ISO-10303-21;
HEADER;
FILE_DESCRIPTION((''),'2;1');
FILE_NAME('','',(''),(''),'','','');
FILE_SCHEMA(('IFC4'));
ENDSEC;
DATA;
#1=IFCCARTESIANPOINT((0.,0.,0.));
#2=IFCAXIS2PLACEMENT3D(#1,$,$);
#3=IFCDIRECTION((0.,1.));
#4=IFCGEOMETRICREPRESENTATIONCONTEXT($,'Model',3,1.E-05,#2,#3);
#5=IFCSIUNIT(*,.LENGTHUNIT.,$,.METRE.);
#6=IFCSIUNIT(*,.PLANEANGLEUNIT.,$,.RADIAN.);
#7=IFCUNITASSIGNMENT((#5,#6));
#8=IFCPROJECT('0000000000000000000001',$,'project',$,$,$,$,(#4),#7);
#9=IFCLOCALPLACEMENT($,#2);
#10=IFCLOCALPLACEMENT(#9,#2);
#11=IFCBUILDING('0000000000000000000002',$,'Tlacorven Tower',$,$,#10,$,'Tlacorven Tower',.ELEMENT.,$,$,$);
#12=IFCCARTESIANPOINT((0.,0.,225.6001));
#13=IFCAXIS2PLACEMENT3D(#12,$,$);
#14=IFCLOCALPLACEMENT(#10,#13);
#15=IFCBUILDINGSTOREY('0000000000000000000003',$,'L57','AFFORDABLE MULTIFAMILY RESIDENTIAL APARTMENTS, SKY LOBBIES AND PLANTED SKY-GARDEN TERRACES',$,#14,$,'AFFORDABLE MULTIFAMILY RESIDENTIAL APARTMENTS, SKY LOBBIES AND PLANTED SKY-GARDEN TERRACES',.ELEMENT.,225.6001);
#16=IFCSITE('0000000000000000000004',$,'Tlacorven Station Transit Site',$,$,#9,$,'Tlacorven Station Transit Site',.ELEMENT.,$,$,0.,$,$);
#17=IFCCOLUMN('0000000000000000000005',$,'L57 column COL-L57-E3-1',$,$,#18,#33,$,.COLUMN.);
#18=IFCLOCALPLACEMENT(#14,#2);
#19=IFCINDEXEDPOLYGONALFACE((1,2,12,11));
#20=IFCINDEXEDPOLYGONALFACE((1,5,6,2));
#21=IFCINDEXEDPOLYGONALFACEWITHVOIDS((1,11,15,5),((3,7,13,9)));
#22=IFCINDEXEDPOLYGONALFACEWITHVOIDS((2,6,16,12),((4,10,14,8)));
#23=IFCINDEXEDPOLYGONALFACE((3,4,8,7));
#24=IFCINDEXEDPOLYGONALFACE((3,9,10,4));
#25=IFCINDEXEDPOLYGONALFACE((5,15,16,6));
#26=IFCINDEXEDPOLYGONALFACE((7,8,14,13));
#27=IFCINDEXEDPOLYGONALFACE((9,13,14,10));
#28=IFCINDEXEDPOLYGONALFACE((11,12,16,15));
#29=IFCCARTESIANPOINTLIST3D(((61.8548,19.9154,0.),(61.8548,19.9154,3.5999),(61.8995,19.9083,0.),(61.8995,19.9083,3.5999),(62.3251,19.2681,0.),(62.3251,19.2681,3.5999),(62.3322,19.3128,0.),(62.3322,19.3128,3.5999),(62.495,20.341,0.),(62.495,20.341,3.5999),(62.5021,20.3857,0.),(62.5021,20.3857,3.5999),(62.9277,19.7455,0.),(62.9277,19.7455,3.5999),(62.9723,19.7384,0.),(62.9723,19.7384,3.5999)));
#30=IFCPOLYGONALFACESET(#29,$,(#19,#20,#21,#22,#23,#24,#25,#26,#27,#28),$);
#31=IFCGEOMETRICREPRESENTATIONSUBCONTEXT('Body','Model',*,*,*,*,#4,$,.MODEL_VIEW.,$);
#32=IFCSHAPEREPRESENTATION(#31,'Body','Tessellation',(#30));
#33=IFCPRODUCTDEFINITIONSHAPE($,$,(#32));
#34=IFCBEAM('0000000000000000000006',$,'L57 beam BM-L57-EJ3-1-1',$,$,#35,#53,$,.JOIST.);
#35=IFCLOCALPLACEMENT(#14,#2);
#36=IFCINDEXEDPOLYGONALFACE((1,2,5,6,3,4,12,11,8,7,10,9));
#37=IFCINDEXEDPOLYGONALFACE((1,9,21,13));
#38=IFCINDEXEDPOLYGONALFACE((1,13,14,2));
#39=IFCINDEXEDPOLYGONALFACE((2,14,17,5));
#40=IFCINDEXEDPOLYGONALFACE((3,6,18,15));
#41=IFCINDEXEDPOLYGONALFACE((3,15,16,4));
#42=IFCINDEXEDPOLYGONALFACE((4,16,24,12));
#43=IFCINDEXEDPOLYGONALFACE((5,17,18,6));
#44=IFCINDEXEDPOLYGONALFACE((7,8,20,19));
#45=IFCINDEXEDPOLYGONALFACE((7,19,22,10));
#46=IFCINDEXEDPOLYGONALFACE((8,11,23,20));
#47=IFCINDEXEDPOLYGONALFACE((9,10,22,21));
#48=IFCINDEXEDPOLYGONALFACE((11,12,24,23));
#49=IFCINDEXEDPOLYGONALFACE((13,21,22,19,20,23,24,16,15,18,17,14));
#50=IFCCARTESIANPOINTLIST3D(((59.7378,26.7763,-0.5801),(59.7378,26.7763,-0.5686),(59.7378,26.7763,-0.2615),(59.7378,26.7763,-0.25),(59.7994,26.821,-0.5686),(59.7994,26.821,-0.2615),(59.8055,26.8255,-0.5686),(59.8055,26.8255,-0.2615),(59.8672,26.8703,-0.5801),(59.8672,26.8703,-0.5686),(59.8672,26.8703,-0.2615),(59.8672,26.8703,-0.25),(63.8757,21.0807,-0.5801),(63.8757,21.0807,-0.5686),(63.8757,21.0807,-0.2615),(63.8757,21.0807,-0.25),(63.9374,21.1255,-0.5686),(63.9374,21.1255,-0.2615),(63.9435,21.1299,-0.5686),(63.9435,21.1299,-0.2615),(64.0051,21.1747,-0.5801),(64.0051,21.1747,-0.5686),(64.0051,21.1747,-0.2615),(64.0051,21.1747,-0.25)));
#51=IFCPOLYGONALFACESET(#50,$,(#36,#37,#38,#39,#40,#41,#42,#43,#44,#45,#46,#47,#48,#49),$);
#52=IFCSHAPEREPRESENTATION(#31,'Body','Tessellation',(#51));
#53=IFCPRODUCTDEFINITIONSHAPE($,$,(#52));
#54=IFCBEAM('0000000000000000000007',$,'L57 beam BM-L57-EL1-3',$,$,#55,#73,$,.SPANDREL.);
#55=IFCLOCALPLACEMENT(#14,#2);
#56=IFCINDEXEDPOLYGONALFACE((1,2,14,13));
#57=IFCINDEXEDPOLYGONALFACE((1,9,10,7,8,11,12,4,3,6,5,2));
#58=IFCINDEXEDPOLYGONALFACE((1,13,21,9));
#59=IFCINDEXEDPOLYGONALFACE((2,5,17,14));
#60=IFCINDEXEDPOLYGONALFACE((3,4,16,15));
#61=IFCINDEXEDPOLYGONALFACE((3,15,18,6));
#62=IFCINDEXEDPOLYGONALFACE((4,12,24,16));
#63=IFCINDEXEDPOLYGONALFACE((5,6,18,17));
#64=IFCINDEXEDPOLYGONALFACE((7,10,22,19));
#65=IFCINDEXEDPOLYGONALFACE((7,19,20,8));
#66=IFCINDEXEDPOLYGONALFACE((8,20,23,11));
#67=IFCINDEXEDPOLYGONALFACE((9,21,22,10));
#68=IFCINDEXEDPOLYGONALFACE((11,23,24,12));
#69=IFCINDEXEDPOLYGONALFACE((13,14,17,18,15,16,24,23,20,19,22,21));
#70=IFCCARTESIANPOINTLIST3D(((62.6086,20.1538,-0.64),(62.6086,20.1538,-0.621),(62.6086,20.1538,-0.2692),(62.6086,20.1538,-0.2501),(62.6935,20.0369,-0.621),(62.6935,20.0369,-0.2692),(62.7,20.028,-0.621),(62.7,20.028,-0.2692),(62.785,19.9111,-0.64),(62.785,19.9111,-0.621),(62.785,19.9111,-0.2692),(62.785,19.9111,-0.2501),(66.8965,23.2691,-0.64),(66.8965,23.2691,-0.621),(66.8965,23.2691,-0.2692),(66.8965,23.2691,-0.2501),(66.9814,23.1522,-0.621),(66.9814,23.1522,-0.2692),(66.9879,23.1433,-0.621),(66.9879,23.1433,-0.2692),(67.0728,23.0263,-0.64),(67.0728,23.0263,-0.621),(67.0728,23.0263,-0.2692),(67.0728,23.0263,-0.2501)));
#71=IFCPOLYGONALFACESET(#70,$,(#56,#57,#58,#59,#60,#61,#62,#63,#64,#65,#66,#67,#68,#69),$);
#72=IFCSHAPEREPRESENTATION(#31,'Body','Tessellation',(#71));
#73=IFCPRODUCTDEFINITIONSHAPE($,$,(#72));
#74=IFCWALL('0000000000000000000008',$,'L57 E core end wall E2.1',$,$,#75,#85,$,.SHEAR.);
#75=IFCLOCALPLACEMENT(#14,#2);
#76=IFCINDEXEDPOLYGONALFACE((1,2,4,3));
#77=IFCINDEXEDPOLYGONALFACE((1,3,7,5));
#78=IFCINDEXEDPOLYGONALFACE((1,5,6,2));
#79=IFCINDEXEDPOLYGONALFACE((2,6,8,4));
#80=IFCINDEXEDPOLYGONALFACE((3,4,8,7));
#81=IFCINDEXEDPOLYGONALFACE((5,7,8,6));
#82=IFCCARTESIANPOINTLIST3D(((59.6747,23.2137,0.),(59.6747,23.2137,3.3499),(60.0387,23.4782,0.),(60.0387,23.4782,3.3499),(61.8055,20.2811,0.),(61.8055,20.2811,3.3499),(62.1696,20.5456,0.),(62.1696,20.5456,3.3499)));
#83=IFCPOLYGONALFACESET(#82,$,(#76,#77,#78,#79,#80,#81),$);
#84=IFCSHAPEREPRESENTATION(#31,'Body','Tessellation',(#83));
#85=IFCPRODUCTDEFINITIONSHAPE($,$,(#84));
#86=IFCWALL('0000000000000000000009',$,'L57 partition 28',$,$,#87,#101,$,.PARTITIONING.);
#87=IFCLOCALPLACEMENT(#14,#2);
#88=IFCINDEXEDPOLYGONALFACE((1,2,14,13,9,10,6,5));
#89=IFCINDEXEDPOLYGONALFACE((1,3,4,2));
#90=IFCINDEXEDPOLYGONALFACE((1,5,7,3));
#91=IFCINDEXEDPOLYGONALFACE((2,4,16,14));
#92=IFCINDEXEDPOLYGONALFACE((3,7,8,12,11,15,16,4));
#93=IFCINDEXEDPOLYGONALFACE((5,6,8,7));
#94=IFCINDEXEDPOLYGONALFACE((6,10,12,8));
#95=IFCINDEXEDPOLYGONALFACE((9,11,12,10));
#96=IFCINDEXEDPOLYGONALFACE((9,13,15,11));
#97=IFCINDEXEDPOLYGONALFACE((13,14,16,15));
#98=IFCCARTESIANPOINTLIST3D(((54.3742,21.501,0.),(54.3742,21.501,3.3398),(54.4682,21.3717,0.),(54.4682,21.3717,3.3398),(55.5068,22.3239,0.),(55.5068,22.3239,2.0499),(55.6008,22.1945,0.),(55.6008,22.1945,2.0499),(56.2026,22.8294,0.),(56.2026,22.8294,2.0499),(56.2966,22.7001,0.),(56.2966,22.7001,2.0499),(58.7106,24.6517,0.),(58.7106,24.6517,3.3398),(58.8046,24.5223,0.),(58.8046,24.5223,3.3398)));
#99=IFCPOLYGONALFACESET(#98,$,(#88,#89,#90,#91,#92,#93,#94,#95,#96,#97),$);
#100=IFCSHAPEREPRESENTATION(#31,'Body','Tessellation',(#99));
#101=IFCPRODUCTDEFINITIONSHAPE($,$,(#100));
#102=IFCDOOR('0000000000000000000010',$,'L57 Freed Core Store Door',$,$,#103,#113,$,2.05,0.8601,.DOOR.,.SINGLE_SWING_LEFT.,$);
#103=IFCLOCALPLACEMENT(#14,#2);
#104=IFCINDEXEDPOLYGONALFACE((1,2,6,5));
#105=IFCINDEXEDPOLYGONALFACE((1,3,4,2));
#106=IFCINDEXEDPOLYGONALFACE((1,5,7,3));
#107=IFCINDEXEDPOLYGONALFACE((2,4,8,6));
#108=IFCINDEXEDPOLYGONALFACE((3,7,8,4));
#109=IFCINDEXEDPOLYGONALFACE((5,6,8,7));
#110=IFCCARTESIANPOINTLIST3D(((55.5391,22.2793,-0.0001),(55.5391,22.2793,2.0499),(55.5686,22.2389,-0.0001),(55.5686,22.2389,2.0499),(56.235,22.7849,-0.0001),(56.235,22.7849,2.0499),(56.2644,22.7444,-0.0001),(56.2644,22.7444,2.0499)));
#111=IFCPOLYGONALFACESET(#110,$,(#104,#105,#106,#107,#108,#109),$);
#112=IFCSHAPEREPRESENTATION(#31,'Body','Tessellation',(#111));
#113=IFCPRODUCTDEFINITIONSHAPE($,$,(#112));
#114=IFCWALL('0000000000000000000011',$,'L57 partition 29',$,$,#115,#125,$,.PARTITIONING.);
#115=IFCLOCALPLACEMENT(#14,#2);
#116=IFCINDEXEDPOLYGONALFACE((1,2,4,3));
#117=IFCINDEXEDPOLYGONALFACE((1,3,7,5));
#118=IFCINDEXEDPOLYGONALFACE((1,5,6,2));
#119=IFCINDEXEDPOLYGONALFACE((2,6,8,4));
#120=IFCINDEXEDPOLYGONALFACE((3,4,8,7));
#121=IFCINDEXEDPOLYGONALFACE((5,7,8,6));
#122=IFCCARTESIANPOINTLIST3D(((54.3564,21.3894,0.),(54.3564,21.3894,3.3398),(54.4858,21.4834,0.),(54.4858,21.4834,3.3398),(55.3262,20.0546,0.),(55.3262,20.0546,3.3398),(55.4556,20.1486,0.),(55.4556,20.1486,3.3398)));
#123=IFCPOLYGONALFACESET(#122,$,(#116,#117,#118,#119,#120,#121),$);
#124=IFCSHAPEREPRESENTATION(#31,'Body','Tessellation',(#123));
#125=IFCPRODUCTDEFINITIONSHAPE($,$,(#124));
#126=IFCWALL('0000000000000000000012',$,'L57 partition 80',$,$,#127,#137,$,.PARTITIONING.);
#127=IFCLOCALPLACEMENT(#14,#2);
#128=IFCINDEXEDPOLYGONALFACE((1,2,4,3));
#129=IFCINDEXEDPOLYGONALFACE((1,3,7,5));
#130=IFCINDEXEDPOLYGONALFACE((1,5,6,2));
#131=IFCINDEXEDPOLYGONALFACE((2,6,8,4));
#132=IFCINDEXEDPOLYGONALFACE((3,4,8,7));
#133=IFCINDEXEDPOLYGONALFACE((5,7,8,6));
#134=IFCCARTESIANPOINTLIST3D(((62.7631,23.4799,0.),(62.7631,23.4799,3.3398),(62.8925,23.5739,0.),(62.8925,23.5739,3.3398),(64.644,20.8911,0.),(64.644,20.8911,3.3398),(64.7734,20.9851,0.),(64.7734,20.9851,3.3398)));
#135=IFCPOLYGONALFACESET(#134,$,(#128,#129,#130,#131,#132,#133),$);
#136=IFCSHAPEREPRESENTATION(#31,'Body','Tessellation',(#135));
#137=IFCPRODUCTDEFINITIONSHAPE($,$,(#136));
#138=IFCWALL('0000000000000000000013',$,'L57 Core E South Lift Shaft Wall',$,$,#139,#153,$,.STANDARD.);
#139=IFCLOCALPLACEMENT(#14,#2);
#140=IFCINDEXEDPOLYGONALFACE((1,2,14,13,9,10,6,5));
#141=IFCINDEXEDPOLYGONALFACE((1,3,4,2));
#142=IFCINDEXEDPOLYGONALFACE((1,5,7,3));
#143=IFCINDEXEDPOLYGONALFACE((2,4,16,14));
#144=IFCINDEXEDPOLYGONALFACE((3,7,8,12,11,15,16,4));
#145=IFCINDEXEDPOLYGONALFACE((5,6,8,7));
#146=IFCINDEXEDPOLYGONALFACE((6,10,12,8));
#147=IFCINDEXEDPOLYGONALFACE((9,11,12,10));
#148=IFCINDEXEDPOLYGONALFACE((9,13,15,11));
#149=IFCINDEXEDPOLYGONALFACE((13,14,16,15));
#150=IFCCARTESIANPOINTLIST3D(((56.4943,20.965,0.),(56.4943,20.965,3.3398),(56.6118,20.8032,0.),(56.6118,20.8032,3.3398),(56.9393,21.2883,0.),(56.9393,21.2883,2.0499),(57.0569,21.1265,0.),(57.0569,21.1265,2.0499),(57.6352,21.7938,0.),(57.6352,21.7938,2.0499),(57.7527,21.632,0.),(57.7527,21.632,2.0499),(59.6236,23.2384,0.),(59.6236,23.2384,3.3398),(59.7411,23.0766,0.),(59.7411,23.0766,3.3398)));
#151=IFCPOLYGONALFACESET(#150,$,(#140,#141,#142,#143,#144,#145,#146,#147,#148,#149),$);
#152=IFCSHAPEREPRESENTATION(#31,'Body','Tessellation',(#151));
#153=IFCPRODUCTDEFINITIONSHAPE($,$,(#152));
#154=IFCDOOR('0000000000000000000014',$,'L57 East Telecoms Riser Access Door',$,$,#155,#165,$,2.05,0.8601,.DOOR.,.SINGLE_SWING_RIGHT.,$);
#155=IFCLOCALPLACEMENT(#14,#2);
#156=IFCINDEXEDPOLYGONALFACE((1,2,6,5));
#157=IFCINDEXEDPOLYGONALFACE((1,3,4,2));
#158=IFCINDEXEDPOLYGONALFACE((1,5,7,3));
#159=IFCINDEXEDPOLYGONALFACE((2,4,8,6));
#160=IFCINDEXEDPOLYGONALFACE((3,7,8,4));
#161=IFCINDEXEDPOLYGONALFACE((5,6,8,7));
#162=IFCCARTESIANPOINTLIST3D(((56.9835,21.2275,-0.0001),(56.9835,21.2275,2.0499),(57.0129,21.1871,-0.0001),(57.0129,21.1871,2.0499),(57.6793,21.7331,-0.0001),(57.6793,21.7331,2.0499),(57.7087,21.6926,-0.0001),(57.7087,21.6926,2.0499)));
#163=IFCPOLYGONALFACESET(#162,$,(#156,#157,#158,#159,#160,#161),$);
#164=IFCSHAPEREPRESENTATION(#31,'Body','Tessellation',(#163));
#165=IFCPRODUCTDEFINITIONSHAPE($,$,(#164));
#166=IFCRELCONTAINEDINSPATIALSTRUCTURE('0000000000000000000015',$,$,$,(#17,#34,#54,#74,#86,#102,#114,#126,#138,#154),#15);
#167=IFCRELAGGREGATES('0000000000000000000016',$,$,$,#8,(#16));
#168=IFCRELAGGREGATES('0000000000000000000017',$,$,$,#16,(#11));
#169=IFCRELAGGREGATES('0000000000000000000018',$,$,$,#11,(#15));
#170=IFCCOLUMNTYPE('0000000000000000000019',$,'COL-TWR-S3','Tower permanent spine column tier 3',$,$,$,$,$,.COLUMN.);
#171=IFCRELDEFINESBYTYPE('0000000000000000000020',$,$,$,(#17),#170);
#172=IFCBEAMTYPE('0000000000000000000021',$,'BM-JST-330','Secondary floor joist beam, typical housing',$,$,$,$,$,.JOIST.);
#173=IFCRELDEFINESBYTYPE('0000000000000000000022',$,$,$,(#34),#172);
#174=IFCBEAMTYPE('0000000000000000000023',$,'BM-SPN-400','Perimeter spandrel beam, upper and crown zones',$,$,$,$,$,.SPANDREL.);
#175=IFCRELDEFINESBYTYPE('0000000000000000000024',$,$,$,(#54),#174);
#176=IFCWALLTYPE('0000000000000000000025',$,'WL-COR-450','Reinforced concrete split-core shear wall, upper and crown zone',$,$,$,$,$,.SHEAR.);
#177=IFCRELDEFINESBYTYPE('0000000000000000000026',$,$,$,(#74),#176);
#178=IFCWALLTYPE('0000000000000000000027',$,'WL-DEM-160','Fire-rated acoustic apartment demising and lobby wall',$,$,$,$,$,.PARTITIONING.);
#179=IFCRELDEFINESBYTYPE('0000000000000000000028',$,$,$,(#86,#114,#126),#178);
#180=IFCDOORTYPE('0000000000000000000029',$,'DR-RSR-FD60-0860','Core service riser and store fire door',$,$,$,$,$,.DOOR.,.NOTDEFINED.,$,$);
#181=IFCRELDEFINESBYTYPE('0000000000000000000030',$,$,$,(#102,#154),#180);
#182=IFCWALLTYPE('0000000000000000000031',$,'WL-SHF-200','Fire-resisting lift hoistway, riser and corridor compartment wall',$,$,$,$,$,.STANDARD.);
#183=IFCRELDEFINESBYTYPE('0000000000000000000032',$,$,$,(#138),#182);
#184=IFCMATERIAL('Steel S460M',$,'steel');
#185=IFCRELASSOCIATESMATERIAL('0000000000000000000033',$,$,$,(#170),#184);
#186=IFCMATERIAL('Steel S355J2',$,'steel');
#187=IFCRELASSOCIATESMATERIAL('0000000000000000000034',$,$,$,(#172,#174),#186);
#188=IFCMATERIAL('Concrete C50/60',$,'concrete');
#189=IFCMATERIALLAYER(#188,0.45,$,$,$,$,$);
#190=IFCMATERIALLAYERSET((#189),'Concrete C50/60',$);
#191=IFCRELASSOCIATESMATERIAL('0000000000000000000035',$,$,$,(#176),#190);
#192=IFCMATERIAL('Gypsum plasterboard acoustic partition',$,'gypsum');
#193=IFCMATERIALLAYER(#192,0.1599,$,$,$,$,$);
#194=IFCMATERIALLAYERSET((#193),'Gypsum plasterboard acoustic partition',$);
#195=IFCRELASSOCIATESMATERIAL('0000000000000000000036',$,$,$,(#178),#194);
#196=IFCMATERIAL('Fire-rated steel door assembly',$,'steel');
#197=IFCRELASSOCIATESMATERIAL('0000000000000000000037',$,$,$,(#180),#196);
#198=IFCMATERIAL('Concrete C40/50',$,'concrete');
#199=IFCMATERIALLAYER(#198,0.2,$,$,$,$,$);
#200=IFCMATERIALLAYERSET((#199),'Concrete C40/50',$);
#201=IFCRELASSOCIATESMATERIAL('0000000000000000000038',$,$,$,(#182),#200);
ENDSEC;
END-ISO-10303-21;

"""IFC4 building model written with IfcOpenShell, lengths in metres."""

from ifc_helpers import new_model, si_unit, direction, frame, frame_2d, origin, origin_2d, place, context, subcontext, project, spatial, rectangle, hollow_rectangle, i_section, extrude, source, transform, mapped, material, layer, layer_set, material_profile, profile_set, type_object, element, fill, save


model = new_model("IFC4")

# Units and contexts
model_context = context("Model", 3, precision=1e-05, world=origin(), true_north=direction((0.0, 1.0)))
body_context = subcontext(model_context, "Body", "Model", "MODEL_VIEW")
ifc_project = project(units=[si_unit("LENGTHUNIT", "METRE"), si_unit("PLANEANGLEUNIT", "RADIAN")], contexts=[model_context])

# Site, building, storey
site_placement = place(None, origin())
site = spatial("IfcSite", under=ifc_project, at=site_placement, Name="Tlacorven Station Transit Site", LongName="Tlacorven Station Transit Site", CompositionType="ELEMENT", RefElevation=0.0)
building_placement = place(site_placement, origin())
building = spatial("IfcBuilding", under=site, at=building_placement, Name="Tlacorven Tower", LongName="Tlacorven Tower", CompositionType="ELEMENT")
storey_placement = place(building_placement, frame((0.0, 0.0, 225.6001)))
storey = spatial("IfcBuildingStorey", under=building, at=storey_placement, Name="L57", Description="AFFORDABLE MULTIFAMILY RESIDENTIAL APARTMENTS, SKY LOBBIES AND PLANTED SKY-GARDEN TERRACES", LongName="AFFORDABLE MULTIFAMILY RESIDENTIAL APARTMENTS, SKY LOBBIES AND PLANTED SKY-GARDEN TERRACES", CompositionType="ELEMENT", Elevation=225.6001)

# Column
ifc_material_1 = material(Name="Steel S460M", Category="steel")
ifc_material_profile_1 = material_profile(ifc_material_1, hollow_rectangle(XDim=0.8, YDim=0.8, WallThickness=0.032, at=origin_2d()), Name="BOX 800X800X32")
ifc_profile_set_1 = profile_set([ifc_material_profile_1], Name="Steel S460M")
column_type = type_object("IfcColumnType", Name="COL-TWR-S3", Description="Tower permanent spine column tier 3", PredefinedType="COLUMN", material=ifc_profile_set_1)
shared_shape_1 = source(origin(), body_context, "Body", "SweptSolid", [
    extrude(hollow_rectangle(XDim=0.8, YDim=0.8, WallThickness=0.032, at=origin_2d()), origin(), (0.0, 0.0, 1.0), 3.5999),
])
column_placement = place(storey_placement, frame((62.4136, 19.8269, 0.0), z_axis=(0.0, 0.0, 1.0), x_axis=(0.809017, 0.587785, 0.0)))
element("IfcColumn", 1, at=column_placement, inside=storey, type_object=column_type, Name="L57 column COL-L57-E3-1", PredefinedType="COLUMN", context=body_context, shape_type="MappedRepresentation", body=[
    mapped(shared_shape_1, transform((0.0, 0.0, 0.0), scale=1.0)),
])

# Beams
ifc_material_2 = material(Name="Steel S355J2", Category="steel")
ifc_material_profile_2 = material_profile(ifc_material_2, i_section(OverallWidth=0.1599, OverallDepth=0.3301, WebThickness=0.0076, FlangeThickness=0.0115, at=origin_2d()), Name="IPE 330")
ifc_profile_set_2 = profile_set([ifc_material_profile_2], Name="Steel S355J2")
beam_type_1 = type_object("IfcBeamType", Name="BM-JST-330", Description="Secondary floor joist beam, typical housing", PredefinedType="JOIST", material=ifc_profile_set_2)
shared_shape_2 = source(origin(), body_context, "Body", "SweptSolid", [
    extrude(i_section(OverallWidth=0.1599, OverallDepth=0.3301, WebThickness=0.0076, FlangeThickness=0.0115, at=origin_2d()), origin(), (0.0, 0.0, 1.0), 7.04),
])
beam_1_placement = place(storey_placement, frame((63.9404, 21.1277, -0.415), z_axis=(-0.587774, 0.809025, 0.0), x_axis=(-0.809025, -0.587774, 0.0)))
element("IfcBeam", 2, at=beam_1_placement, inside=storey, type_object=beam_type_1, Name="L57 beam BM-L57-EJ3-1-1", PredefinedType="JOIST", context=body_context, shape_type="MappedRepresentation", body=[
    mapped(shared_shape_2, transform((0.0, 0.0, 0.0), scale=1.0)),
])
ifc_material_profile_3 = material_profile(ifc_material_2, i_section(OverallWidth=0.3, OverallDepth=0.3899, WebThickness=0.011, FlangeThickness=0.019, at=origin_2d()), Name="HEA 400")
ifc_profile_set_3 = profile_set([ifc_material_profile_3], Name="Steel S355J2")
beam_type_2 = type_object("IfcBeamType", Name="BM-SPN-400", Description="Perimeter spandrel beam, upper and crown zones", PredefinedType="SPANDREL", material=ifc_profile_set_3)
shared_shape_3 = source(origin(), body_context, "Body", "SweptSolid", [
    extrude(i_section(OverallWidth=0.3, OverallDepth=0.3899, WebThickness=0.011, FlangeThickness=0.019, at=origin_2d()), origin(), (0.0, 0.0, 1.0), 5.3),
])
beam_2_placement = place(storey_placement, frame((62.6968, 20.0325, -0.4451), z_axis=(0.809023, 0.587777, 0.0), x_axis=(-0.587777, 0.809023, 0.0)))
element("IfcBeam", 3, at=beam_2_placement, inside=storey, type_object=beam_type_2, Name="L57 beam BM-L57-EL1-3", PredefinedType="SPANDREL", context=body_context, shape_type="MappedRepresentation", body=[
    mapped(shared_shape_3, transform((0.0, 0.0, 0.0), scale=1.0)),
])

# Wall
ifc_material_3 = material(Name="Concrete C50/60", Category="concrete")
ifc_layer_1 = layer(ifc_material_3, 0.45)
ifc_layer_set_1 = layer_set([ifc_layer_1], Name="Concrete C50/60")
wall_type_1 = type_object("IfcWallType", Name="WL-COR-450", Description="Reinforced concrete split-core shear wall, upper and crown zone", PredefinedType="SHEAR", material=ifc_layer_set_1)
wall_1_placement = place(storey_placement, frame((61.9875, 20.4133, 0.0), z_axis=(0.0, 0.0, 1.0), x_axis=(-0.587819, 0.808992, 0.0)))
element("IfcWall", 4, at=wall_1_placement, inside=storey, type_object=wall_type_1, Name="L57 E core end wall E2.1", PredefinedType="SHEAR", context=body_context, shape_type="SweptSolid", body=[
    extrude(rectangle(XDim=3.625, YDim=0.45, at=frame_2d((1.8125, 0.0))), origin(), (0.0, 0.0, 1.0), 3.3499),
])

# Wall, opening, door
ifc_material_4 = material(Name="Gypsum plasterboard acoustic partition", Category="gypsum")
ifc_layer_2 = layer(ifc_material_4, 0.1599)
ifc_layer_set_2 = layer_set([ifc_layer_2], Name="Gypsum plasterboard acoustic partition")
wall_type_2 = type_object("IfcWallType", Name="WL-DEM-160", Description="Fire-rated acoustic apartment demising and lobby wall", PredefinedType="PARTITIONING", material=ifc_layer_set_2)
wall_2_placement = place(storey_placement, frame((54.4211, 21.4363, 0.0), z_axis=(0.0, 0.0, 1.0), x_axis=(0.809014, 0.58779, 0.0)))
wall_2 = element("IfcWall", 5, at=wall_2_placement, inside=storey, type_object=wall_type_2, Name="L57 partition 28", PredefinedType="PARTITIONING", context=body_context, shape_type="SweptSolid", body=[
    extrude(rectangle(XDim=5.3601, YDim=0.1599, at=frame_2d((2.6802, 0.0))), origin(), (0.0, 0.0, 1.0), 3.3398),
])
opening_1_placement = place(wall_2_placement, frame((1.3999, 0.0, 0.0)))
opening_1 = element("IfcOpeningElement", 6, at=opening_1_placement, cuts=wall_2, PredefinedType="OPENING", context=body_context, shape_type="SweptSolid", body=[
    extrude(rectangle(XDim=0.8601, YDim=2.05, at=frame_2d((0.4302, 1.0249))), frame((0.0, 0.0898, 0.0), z_axis=(0.0, -1.0, 0.0), x_axis=(1.0, 0.0, 0.0)), (0.0, 0.0, 1.0), 0.1799),
])
ifc_material_5 = material(Name="Fire-rated steel door assembly", Category="steel")
door_type_1 = type_object("IfcDoorType", Name="DR-RSR-FD60-0860", Description="Core service riser and store fire door", OperationType="NOTDEFINED", PredefinedType="DOOR", material=ifc_material_5)
shared_shape_4 = source(origin(), body_context, "Body", "SweptSolid", [
    extrude(rectangle(XDim=0.8601, YDim=2.05, at=frame_2d((0.4302, 1.0249))), frame((0.0, 0.0249, 0.0), z_axis=(0.0, -1.0, 0.0), x_axis=(1.0, 0.0, 0.0)), (0.0, 0.0, 1.0), 0.05),
])
door_1_placement = place(opening_1_placement, origin())
door_1 = element("IfcDoor", 7, at=door_1_placement, inside=storey, type_object=door_type_1, Name="L57 Freed Core Store Door", OperationType="SINGLE_SWING_LEFT", OverallHeight=2.05, OverallWidth=0.8601, PredefinedType="DOOR", context=body_context, shape_type="MappedRepresentation", body=[
    mapped(shared_shape_4, transform((0.0, 0.0, 0.0), scale=1.0)),
])
fill(opening_1, door_1)

# Walls
wall_3_placement = place(storey_placement, frame((55.3909, 20.1016, 0.0), z_axis=(0.0, 0.0, 1.0), x_axis=(-0.587784, 0.809018, 0.0)))
element("IfcWall", 8, at=wall_3_placement, inside=storey, type_object=wall_type_2, Name="L57 partition 29", PredefinedType="PARTITIONING", context=body_context, shape_type="SweptSolid", body=[
    extrude(rectangle(XDim=1.6499, YDim=0.1599, at=frame_2d((0.825, 0.0))), origin(), (0.0, 0.0, 1.0), 3.3398),
])
wall_4_placement = place(storey_placement, frame((64.7087, 20.938, 0.0), z_axis=(0.0, 0.0, 1.0), x_axis=(-0.587772, 0.809026, 0.0)))
element("IfcWall", 9, at=wall_4_placement, inside=storey, type_object=wall_type_2, Name="L57 partition 80", PredefinedType="PARTITIONING", context=body_context, shape_type="SweptSolid", body=[
    extrude(rectangle(XDim=3.2, YDim=0.1599, at=frame_2d((1.6001, 0.0))), origin(), (0.0, 0.0, 1.0), 3.3398),
])

# Wall, opening, door
ifc_material_6 = material(Name="Concrete C40/50", Category="concrete")
ifc_layer_3 = layer(ifc_material_6, 0.2)
ifc_layer_set_3 = layer_set([ifc_layer_3], Name="Concrete C40/50")
wall_type_3 = type_object("IfcWallType", Name="WL-SHF-200", Description="Fire-resisting lift hoistway, riser and corridor compartment wall", PredefinedType="STANDARD", material=ifc_layer_set_3)
wall_5_placement = place(storey_placement, frame((56.553, 20.884, 0.0), z_axis=(0.0, 0.0, 1.0), x_axis=(0.809042, 0.587751, 0.0)))
wall_5 = element("IfcWall", 10, at=wall_5_placement, inside=storey, type_object=wall_type_3, Name="L57 Core E South Lift Shaft Wall", PredefinedType="STANDARD", context=body_context, shape_type="SweptSolid", body=[
    extrude(rectangle(XDim=3.8679, YDim=0.2, at=frame_2d((1.9341, 0.0))), origin(), (0.0, 0.0, 1.0), 3.3398),
])
opening_2_placement = place(wall_5_placement, frame((0.55, 0.0, 0.0)))
opening_2 = element("IfcOpeningElement", 11, at=opening_2_placement, cuts=wall_5, PredefinedType="OPENING", context=body_context, shape_type="SweptSolid", body=[
    extrude(rectangle(XDim=0.8601, YDim=2.05, at=frame_2d((0.4302, 1.0249))), frame((0.0, 0.1099, 0.0), z_axis=(0.0, -1.0, 0.0), x_axis=(1.0, 0.0, 0.0)), (0.0, 0.0, 1.0), 0.22),
])
door_2_placement = place(opening_2_placement, origin())
door_2 = element("IfcDoor", 12, at=door_2_placement, inside=storey, type_object=door_type_1, Name="L57 East Telecoms Riser Access Door", OperationType="SINGLE_SWING_RIGHT", OverallHeight=2.05, OverallWidth=0.8601, PredefinedType="DOOR", context=body_context, shape_type="MappedRepresentation", body=[
    mapped(shared_shape_4, transform((0.0, 0.0, 0.0), scale=1.0)),
])
fill(opening_2, door_2)

save(model, "model.ifc")
